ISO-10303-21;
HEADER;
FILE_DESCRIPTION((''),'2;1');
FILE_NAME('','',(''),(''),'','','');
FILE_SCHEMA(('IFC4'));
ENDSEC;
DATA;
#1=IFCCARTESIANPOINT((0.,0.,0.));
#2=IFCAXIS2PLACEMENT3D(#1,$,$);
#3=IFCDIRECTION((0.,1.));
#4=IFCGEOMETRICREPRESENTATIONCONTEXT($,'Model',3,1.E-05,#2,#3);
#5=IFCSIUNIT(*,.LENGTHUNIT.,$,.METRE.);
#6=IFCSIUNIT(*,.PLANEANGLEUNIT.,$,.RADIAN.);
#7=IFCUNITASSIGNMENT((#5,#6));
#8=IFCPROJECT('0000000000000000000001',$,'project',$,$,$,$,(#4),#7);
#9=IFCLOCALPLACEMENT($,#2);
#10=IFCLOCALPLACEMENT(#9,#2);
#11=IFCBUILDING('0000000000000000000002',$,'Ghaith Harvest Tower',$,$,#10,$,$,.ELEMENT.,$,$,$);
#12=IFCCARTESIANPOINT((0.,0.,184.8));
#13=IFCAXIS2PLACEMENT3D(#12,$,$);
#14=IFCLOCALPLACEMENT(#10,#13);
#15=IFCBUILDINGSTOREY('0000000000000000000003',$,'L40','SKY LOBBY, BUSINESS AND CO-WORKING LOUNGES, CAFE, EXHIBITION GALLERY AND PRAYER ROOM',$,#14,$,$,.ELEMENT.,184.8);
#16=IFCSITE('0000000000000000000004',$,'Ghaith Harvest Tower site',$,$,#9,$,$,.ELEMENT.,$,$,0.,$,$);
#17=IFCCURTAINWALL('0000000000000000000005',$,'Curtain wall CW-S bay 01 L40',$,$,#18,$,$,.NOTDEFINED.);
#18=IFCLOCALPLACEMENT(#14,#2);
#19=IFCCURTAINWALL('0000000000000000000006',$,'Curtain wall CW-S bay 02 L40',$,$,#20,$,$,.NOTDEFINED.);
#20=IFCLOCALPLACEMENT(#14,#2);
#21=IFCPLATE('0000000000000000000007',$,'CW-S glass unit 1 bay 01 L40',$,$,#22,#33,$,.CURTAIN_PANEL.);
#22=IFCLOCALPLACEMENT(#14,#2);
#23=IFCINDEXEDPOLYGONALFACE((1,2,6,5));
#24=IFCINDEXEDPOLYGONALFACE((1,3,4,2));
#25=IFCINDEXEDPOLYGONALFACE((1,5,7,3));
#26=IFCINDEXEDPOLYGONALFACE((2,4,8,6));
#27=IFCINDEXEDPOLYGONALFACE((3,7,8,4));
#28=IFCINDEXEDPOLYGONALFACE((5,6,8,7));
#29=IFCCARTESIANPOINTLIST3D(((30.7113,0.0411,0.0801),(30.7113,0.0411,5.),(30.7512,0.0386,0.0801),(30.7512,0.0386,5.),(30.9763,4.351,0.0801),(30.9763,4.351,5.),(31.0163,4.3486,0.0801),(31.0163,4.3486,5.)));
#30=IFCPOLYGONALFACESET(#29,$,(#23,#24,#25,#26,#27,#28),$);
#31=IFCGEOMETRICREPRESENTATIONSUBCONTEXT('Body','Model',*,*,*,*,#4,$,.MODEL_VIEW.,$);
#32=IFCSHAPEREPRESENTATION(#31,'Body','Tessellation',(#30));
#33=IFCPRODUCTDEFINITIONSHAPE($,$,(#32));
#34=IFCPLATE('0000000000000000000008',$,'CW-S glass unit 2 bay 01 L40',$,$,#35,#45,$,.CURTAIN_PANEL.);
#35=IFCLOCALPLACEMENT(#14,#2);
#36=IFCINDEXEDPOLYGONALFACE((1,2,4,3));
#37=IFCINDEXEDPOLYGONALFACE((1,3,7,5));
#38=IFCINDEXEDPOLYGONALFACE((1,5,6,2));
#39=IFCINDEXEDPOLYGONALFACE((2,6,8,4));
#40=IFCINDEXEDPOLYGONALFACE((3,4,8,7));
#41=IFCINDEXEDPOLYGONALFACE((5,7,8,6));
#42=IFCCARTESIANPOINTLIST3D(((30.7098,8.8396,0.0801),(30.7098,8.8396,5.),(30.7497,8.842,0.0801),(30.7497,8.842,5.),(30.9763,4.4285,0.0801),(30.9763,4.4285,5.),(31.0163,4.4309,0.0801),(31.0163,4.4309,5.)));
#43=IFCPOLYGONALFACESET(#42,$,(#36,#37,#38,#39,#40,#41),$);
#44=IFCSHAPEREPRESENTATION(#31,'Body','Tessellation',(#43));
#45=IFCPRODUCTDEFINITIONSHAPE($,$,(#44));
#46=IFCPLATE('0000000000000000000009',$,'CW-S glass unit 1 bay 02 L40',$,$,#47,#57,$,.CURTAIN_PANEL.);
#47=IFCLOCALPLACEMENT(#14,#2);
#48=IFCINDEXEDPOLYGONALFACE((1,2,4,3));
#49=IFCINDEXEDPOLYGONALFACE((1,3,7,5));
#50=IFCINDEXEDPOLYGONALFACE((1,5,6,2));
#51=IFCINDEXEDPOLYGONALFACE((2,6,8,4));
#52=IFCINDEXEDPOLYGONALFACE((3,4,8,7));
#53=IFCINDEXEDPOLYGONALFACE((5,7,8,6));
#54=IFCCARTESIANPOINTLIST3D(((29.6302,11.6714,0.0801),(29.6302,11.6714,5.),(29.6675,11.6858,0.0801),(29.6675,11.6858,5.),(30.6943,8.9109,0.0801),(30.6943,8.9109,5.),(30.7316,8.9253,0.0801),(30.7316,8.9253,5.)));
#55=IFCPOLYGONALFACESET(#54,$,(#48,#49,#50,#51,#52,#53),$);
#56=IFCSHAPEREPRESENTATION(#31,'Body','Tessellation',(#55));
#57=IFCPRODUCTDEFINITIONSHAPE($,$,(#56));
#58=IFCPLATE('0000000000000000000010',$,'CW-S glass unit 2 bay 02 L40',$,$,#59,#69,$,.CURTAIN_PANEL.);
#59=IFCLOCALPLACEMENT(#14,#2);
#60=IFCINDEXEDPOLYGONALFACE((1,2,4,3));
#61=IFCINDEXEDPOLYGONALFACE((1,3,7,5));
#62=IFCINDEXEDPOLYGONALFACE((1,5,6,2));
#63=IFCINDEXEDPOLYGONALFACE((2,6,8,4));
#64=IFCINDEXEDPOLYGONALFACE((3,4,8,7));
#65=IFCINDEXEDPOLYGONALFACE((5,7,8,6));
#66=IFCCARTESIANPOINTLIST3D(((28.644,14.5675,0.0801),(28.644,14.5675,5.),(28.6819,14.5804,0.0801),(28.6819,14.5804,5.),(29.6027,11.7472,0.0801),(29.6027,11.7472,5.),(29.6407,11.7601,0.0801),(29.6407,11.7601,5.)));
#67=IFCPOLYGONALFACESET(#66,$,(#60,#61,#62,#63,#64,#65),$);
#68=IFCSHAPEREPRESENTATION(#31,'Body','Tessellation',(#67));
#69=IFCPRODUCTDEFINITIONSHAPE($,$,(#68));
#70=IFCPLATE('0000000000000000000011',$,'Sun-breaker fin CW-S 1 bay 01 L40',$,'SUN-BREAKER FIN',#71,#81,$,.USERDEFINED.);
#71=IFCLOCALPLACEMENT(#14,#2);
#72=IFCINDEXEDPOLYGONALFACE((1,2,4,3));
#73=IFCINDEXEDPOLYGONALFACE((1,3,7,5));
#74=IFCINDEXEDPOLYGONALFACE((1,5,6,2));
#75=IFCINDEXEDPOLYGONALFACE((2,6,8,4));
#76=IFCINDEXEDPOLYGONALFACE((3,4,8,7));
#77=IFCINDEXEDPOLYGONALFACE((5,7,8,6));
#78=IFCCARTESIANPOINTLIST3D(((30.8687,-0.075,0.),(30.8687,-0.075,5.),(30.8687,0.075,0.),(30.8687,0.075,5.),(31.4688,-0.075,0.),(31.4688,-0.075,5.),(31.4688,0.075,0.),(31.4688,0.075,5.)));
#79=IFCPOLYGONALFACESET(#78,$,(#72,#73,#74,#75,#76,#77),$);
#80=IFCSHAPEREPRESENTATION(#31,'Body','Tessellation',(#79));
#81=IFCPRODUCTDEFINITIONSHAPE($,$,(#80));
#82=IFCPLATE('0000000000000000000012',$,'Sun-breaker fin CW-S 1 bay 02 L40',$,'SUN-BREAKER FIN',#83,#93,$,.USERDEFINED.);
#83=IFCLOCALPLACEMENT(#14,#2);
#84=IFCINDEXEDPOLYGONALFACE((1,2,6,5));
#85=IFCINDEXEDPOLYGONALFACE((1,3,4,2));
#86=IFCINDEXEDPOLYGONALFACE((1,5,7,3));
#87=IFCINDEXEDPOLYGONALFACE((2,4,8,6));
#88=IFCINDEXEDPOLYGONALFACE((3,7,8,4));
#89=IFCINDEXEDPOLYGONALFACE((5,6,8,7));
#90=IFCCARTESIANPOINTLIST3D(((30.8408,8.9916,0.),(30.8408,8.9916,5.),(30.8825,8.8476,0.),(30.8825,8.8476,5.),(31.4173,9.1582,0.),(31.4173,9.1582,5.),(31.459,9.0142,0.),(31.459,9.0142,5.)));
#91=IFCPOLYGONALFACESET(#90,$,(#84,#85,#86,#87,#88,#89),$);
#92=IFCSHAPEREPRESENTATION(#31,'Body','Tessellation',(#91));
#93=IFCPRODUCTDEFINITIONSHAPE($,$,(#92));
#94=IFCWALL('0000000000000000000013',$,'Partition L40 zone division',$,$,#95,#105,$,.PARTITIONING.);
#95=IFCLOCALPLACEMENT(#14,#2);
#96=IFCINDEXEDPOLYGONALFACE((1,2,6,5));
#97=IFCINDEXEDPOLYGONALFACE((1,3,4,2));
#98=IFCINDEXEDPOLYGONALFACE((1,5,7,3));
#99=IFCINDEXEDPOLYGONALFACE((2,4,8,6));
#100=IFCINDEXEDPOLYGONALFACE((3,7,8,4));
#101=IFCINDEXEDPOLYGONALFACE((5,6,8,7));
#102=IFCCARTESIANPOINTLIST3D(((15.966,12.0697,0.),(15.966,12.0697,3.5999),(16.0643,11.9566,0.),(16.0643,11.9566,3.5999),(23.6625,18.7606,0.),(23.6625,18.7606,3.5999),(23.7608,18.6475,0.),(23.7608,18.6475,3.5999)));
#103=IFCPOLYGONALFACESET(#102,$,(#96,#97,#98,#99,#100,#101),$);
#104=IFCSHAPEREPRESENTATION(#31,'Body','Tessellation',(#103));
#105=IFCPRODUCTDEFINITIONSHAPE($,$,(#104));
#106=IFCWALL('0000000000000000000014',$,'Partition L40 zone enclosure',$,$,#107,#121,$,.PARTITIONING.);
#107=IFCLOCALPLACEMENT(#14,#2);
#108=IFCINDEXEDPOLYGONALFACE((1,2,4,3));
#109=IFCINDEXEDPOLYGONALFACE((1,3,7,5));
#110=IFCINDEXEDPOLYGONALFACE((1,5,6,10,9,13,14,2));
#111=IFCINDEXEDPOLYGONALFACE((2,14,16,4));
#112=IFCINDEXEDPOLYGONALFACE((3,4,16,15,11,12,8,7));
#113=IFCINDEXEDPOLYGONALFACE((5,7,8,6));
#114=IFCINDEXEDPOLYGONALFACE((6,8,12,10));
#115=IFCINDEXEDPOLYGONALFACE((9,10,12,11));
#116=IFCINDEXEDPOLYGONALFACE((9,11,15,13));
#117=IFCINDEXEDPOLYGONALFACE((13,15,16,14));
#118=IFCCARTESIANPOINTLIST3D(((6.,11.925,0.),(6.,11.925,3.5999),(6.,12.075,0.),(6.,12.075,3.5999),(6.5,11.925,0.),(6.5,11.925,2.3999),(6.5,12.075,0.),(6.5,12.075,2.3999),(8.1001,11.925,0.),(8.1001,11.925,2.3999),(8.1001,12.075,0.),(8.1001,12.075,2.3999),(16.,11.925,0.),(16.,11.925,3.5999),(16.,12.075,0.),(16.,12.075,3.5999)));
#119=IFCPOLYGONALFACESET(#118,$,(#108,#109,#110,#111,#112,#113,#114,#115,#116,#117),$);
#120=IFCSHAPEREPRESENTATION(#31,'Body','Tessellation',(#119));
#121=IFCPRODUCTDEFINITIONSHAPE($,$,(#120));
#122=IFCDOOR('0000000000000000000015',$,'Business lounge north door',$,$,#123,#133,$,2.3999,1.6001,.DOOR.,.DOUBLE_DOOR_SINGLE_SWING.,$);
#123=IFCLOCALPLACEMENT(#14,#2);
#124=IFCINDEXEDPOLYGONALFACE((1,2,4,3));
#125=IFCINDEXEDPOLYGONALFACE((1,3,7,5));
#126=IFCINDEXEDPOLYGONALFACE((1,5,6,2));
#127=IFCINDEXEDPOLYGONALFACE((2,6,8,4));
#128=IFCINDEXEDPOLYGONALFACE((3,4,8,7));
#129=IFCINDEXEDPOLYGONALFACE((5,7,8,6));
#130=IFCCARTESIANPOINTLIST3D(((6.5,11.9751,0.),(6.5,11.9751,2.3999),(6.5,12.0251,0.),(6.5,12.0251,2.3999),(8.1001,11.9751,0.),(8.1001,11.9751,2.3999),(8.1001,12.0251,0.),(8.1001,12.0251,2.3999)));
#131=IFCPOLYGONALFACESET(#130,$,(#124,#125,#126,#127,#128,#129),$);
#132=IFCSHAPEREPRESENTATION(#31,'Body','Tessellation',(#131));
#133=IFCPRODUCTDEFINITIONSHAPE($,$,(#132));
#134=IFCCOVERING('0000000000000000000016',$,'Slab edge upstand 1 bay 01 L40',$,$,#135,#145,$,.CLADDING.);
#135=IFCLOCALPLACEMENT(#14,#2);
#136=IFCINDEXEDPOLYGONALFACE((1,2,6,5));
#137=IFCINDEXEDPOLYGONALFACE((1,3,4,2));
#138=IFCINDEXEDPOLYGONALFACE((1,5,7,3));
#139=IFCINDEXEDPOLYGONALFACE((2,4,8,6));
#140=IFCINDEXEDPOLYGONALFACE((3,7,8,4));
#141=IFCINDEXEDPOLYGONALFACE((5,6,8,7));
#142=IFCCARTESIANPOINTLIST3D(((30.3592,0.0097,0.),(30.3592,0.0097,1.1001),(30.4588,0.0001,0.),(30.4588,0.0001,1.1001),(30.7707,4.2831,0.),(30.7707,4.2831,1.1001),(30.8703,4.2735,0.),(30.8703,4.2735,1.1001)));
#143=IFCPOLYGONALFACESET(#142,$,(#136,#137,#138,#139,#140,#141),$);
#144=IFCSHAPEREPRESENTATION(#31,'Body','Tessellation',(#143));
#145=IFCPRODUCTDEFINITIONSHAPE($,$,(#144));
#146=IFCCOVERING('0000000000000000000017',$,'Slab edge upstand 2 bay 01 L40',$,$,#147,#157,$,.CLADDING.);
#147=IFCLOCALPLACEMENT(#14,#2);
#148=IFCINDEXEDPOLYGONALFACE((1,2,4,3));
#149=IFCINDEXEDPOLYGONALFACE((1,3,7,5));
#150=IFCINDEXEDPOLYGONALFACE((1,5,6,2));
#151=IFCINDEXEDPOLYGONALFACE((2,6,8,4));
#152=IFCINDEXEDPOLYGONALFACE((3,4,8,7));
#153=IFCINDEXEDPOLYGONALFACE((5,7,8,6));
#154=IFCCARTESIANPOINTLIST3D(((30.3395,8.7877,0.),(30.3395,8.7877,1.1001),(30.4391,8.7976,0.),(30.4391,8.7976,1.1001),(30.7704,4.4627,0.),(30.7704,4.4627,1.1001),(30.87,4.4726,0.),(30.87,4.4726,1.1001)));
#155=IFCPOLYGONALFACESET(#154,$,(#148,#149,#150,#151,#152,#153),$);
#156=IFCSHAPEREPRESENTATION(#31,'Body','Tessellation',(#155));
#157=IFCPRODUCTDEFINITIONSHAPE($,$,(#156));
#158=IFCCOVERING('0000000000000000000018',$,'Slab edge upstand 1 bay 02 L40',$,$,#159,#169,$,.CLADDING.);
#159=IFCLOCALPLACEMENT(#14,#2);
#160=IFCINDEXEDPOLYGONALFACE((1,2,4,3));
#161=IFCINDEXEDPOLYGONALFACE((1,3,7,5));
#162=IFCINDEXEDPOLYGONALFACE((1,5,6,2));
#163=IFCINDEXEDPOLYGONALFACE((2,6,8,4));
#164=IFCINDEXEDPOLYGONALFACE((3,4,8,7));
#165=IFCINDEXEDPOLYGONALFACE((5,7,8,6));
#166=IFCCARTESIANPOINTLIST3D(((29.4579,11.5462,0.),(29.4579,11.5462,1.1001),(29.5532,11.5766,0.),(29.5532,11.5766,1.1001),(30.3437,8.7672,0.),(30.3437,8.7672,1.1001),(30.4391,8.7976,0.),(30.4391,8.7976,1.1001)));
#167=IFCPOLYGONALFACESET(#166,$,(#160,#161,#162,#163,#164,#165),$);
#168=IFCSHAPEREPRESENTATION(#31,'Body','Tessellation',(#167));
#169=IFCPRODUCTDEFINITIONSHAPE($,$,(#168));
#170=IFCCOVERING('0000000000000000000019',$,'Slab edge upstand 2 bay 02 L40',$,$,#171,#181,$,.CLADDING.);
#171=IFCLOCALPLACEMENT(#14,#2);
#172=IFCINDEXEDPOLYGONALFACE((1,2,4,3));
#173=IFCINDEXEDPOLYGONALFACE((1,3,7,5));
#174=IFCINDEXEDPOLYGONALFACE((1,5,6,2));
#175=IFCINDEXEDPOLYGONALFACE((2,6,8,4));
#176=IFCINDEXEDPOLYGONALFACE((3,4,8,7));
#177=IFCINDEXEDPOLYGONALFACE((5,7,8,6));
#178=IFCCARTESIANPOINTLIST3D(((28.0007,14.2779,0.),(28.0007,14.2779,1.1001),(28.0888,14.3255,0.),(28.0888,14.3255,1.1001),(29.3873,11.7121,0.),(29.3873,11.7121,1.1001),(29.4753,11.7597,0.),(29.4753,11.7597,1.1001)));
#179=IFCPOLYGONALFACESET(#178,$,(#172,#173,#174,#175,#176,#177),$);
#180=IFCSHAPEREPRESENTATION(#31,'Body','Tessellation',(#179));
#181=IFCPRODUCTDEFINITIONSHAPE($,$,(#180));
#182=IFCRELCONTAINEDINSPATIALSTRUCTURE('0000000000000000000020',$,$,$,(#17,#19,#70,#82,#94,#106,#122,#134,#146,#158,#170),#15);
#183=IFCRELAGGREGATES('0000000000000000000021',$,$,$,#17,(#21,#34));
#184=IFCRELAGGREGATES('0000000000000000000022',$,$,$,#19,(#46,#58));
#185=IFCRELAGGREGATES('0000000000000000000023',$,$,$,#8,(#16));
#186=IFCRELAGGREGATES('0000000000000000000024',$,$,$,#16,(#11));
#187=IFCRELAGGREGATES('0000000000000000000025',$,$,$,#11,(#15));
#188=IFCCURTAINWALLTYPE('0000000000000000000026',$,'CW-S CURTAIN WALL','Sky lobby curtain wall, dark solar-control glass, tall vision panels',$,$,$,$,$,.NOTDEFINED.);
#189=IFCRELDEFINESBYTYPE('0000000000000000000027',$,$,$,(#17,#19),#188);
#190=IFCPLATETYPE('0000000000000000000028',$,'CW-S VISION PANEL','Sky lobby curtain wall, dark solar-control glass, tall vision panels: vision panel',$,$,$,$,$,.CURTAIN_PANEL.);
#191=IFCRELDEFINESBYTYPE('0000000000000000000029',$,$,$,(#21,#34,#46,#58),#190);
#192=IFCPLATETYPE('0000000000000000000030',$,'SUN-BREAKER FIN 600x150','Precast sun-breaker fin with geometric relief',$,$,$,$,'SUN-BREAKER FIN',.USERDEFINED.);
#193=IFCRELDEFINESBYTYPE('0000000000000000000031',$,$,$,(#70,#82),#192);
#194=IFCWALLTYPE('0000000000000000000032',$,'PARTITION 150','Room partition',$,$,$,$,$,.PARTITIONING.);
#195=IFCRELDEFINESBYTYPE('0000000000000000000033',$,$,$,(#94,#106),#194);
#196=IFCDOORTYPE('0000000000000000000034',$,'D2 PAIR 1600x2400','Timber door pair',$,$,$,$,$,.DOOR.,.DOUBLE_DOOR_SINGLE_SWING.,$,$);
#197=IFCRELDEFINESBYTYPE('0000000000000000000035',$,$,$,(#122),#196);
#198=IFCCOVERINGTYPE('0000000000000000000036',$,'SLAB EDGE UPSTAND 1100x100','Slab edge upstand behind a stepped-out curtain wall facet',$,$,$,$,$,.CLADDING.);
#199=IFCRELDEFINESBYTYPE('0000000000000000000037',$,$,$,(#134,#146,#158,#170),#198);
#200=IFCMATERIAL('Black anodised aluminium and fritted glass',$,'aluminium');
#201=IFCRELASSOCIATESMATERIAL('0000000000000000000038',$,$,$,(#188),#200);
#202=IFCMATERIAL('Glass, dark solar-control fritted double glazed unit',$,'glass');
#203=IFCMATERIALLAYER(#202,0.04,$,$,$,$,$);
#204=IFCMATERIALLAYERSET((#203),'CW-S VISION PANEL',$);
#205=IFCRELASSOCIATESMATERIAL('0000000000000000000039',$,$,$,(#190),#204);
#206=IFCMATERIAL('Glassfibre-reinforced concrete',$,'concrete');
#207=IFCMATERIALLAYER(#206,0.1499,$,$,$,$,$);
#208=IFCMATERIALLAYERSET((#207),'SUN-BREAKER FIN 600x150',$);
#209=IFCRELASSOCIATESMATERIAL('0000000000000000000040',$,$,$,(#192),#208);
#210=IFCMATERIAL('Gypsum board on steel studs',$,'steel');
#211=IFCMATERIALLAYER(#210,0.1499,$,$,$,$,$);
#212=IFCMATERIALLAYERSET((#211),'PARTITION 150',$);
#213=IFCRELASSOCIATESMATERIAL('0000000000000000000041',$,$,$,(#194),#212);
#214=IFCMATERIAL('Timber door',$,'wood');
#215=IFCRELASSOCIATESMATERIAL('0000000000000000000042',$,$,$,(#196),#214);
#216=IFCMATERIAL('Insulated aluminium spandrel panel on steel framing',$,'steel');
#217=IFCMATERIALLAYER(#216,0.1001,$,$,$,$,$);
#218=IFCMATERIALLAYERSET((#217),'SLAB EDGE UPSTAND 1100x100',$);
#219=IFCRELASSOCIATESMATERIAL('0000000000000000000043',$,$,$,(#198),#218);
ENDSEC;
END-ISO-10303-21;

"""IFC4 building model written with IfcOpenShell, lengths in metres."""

from ifc_helpers import new_model, si_unit, direction, frame, frame_2d, origin, origin_2d, place, context, subcontext, project, spatial, rectangle, extrude, material, layer, layer_set, type_object, element, fill, aggregate, save


model = new_model("IFC4")

# Units and contexts
model_context = context("Model", 3, precision=1e-05, world=origin(), true_north=direction((0.0, 1.0)))
body_context = subcontext(model_context, "Body", "Model", "MODEL_VIEW")
ifc_project = project(units=[si_unit("LENGTHUNIT", "METRE"), si_unit("PLANEANGLEUNIT", "RADIAN")], contexts=[model_context])

# Site, building, storey
site_placement = place(None, origin())
site = spatial("IfcSite", under=ifc_project, at=site_placement, Name="Ghaith Harvest Tower site", CompositionType="ELEMENT", RefElevation=0.0)
building_placement = place(site_placement, origin())
building = spatial("IfcBuilding", under=site, at=building_placement, Name="Ghaith Harvest Tower", CompositionType="ELEMENT")
storey_placement = place(building_placement, frame((0.0, 0.0, 184.8)))
storey = spatial("IfcBuildingStorey", under=building, at=storey_placement, Name="L40", Description="SKY LOBBY, BUSINESS AND CO-WORKING LOUNGES, CAFE, EXHIBITION GALLERY AND PRAYER ROOM", CompositionType="ELEMENT", Elevation=184.8)

# Curtain walls
ifc_material_1 = material(Name="Black anodised aluminium and fritted glass", Category="aluminium")
curtain_wall_type = type_object("IfcCurtainWallType", Name="CW-S CURTAIN WALL", Description="Sky lobby curtain wall, dark solar-control glass, tall vision panels", PredefinedType="NOTDEFINED", material=ifc_material_1)
curtain_wall_1_placement = place(storey_placement, origin())
curtain_wall_1 = element("IfcCurtainWall", 1, at=curtain_wall_1_placement, inside=storey, type_object=curtain_wall_type, Name="Curtain wall CW-S bay 01 L40", PredefinedType="NOTDEFINED")
curtain_wall_2_placement = place(storey_placement, origin())
curtain_wall_2 = element("IfcCurtainWall", 2, at=curtain_wall_2_placement, inside=storey, type_object=curtain_wall_type, Name="Curtain wall CW-S bay 02 L40", PredefinedType="NOTDEFINED")

# Plates
ifc_material_2 = material(Name="Glass, dark solar-control fritted double glazed unit", Category="glass")
ifc_layer_1 = layer(ifc_material_2, 0.04)
ifc_layer_set_1 = layer_set([ifc_layer_1], Name="CW-S VISION PANEL")
plate_type_1 = type_object("IfcPlateType", Name="CW-S VISION PANEL", Description="Sky lobby curtain wall, dark solar-control glass, tall vision panels: vision panel", PredefinedType="CURTAIN_PANEL", material=ifc_layer_set_1)
plate_1_placement = place(storey_placement, frame((30.8638, 2.1948, 0.0801), z_axis=(0.0, 0.0, 1.0), x_axis=(0.06138, 0.998114, 0.0)))
plate_1 = element("IfcPlate", 3, at=plate_1_placement, type_object=plate_type_1, Name="CW-S glass unit 1 bay 01 L40", PredefinedType="CURTAIN_PANEL", context=body_context, shape_type="SweptSolid", body=[
    extrude(rectangle(XDim=4.3181, YDim=0.04, at=origin_2d()), origin(), (0.0, 0.0, 1.0), 4.9199),
])
plate_2_placement = place(storey_placement, frame((30.863, 6.6353, 0.0801), z_axis=(0.0, 0.0, 1.0), x_axis=(-0.060321, 0.998179, 0.0)))
plate_2 = element("IfcPlate", 4, at=plate_2_placement, type_object=plate_type_1, Name="CW-S glass unit 2 bay 01 L40", PredefinedType="CURTAIN_PANEL", context=body_context, shape_type="SweptSolid", body=[
    extrude(rectangle(XDim=4.4192, YDim=0.04, at=origin_2d()), origin(), (0.0, 0.0, 1.0), 4.9199),
])
aggregate(curtain_wall_1, [plate_1, plate_2])
plate_3_placement = place(storey_placement, frame((30.1809, 10.2983, 0.0801), z_axis=(0.0, 0.0, 1.0), x_axis=(-0.359677, 0.933077, 0.0)))
plate_3 = element("IfcPlate", 5, at=plate_3_placement, type_object=plate_type_1, Name="CW-S glass unit 1 bay 02 L40", PredefinedType="CURTAIN_PANEL", context=body_context, shape_type="SweptSolid", body=[
    extrude(rectangle(XDim=2.9585, YDim=0.04, at=origin_2d()), origin(), (0.0, 0.0, 1.0), 4.9199),
])
plate_4_placement = place(storey_placement, frame((29.1423, 13.1638, 0.0801), z_axis=(0.0, 0.0, 1.0), x_axis=(-0.321853, 0.94679, 0.0)))
plate_4 = element("IfcPlate", 6, at=plate_4_placement, type_object=plate_type_1, Name="CW-S glass unit 2 bay 02 L40", PredefinedType="CURTAIN_PANEL", context=body_context, shape_type="SweptSolid", body=[
    extrude(rectangle(XDim=2.9788, YDim=0.04, at=origin_2d()), origin(), (0.0, 0.0, 1.0), 4.9199),
])
aggregate(curtain_wall_2, [plate_3, plate_4])

# Plates
ifc_material_3 = material(Name="Glassfibre-reinforced concrete", Category="concrete")
ifc_layer_2 = layer(ifc_material_3, 0.1499)
ifc_layer_set_2 = layer_set([ifc_layer_2], Name="SUN-BREAKER FIN 600x150")
plate_type_2 = type_object("IfcPlateType", Name="SUN-BREAKER FIN 600x150", Description="Precast sun-breaker fin with geometric relief", ElementType="SUN-BREAKER FIN", PredefinedType="USERDEFINED", material=ifc_layer_set_2)
for number, where, z_axis, x_axis, name in (
    (7, (31.1687, 0.0, 0.0), (0.0, 0.0, 1.0), (1.0, 0.0, 0.0), "Sun-breaker fin CW-S 1 bay 01 L40"),
    (8, (31.1499, 9.0029, 0.0), (0.0, 0.0, 1.0), (0.96068, 0.277657, 0.0), "Sun-breaker fin CW-S 1 bay 02 L40"),
):
    element("IfcPlate", number, at=place(storey_placement, frame(where, z_axis=z_axis, x_axis=x_axis)), inside=storey, type_object=plate_type_2, Name=name, ObjectType="SUN-BREAKER FIN", PredefinedType="USERDEFINED", context=body_context, shape_type="SweptSolid", body=[
        extrude(rectangle(XDim=0.6001, YDim=0.1499, at=origin_2d()), origin(), (0.0, 0.0, 1.0), 5.0),
    ])

# Wall
ifc_material_4 = material(Name="Gypsum board on steel studs", Category="steel")
ifc_layer_3 = layer(ifc_material_4, 0.1499)
ifc_layer_set_3 = layer_set([ifc_layer_3], Name="PARTITION 150")
wall_type = type_object("IfcWallType", Name="PARTITION 150", Description="Room partition", PredefinedType="PARTITIONING", material=ifc_layer_set_3)
wall_1_placement = place(storey_placement, frame((16.0151, 12.0132, 0.0), z_axis=(0.0, 0.0, 1.0), x_axis=(0.754689, 0.656083, 0.0)))
element("IfcWall", 9, at=wall_1_placement, inside=storey, type_object=wall_type, Name="Partition L40 zone division", PredefinedType="PARTITIONING", context=body_context, shape_type="SweptSolid", body=[
    extrude(rectangle(XDim=10.1982, YDim=0.1499, at=frame_2d((5.0991, 0.0))), origin(), (0.0, 0.0, 1.0), 3.5999),
])

# Wall, opening, door
wall_2_placement = place(storey_placement, frame((16.0, 12.0, 0.0), z_axis=(0.0, 0.0, 1.0), x_axis=(-1.0, 0.0, 0.0)))
wall_2 = element("IfcWall", 10, at=wall_2_placement, inside=storey, type_object=wall_type, Name="Partition L40 zone enclosure", PredefinedType="PARTITIONING", context=body_context, shape_type="SweptSolid", body=[
    extrude(rectangle(XDim=10.0, YDim=0.1499, at=frame_2d((5.0, 0.0))), origin(), (0.0, 0.0, 1.0), 3.5999),
])
opening_placement = place(wall_2_placement, frame((7.8999, 0.0, 0.0)))
opening = element("IfcOpeningElement", 11, at=opening_placement, cuts=wall_2, PredefinedType="OPENING", context=body_context, shape_type="SweptSolid", body=[
    extrude(rectangle(XDim=1.6001, YDim=2.3999, at=frame_2d((0.8, 1.2))), frame((0.0, 0.085, 0.0), z_axis=(0.0, -1.0, 0.0), x_axis=(1.0, 0.0, 0.0)), (0.0, 0.0, 1.0), 0.1699),
])
ifc_material_5 = material(Name="Timber door", Category="wood")
door_type = type_object("IfcDoorType", Name="D2 PAIR 1600x2400", Description="Timber door pair", OperationType="DOUBLE_DOOR_SINGLE_SWING", PredefinedType="DOOR", material=ifc_material_5)
door_placement = place(opening_placement, origin())
door = element("IfcDoor", 12, at=door_placement, inside=storey, type_object=door_type, Name="Business lounge north door", OperationType="DOUBLE_DOOR_SINGLE_SWING", OverallHeight=2.3999, OverallWidth=1.6001, PredefinedType="DOOR", context=body_context, shape_type="SweptSolid", body=[
    extrude(rectangle(XDim=1.6001, YDim=2.3999, at=frame_2d((0.8, 1.2))), frame((0.0, 0.0249, 0.0), z_axis=(0.0, -1.0, 0.0), x_axis=(1.0, 0.0, 0.0)), (0.0, 0.0, 1.0), 0.05),
])
fill(opening, door)

# Coverings
ifc_material_6 = material(Name="Insulated aluminium spandrel panel on steel framing", Category="steel")
ifc_layer_4 = layer(ifc_material_6, 0.1001)
ifc_layer_set_4 = layer_set([ifc_layer_4], Name="SLAB EDGE UPSTAND 1100x100")
covering_type = type_object("IfcCoveringType", Name="SLAB EDGE UPSTAND 1100x100", Description="Slab edge upstand behind a stepped-out curtain wall facet", PredefinedType="CLADDING", material=ifc_layer_set_4)
covering_1_placement = place(storey_placement, frame((30.6147, 2.1416, 0.0), z_axis=(0.0, 0.0, 1.0), x_axis=(0.095861, 0.995395, 0.0)))
element("IfcCovering", 13, at=covering_1_placement, inside=storey, type_object=covering_type, Name="Slab edge upstand 1 bay 01 L40", PredefinedType="CLADDING", context=body_context, shape_type="SweptSolid", body=[
    extrude(rectangle(XDim=4.2932, YDim=0.1001, at=origin_2d()), origin(), (0.0, 0.0, 1.0), 1.1001),
])
covering_2_placement = place(storey_placement, frame((30.6047, 6.6301, 0.0), z_axis=(0.0, 0.0, 1.0), x_axis=(-0.099132, 0.995074, 0.0)))
element("IfcCovering", 14, at=covering_2_placement, inside=storey, type_object=covering_type, Name="Slab edge upstand 2 bay 01 L40", PredefinedType="CLADDING", context=body_context, shape_type="SweptSolid", body=[
    extrude(rectangle(XDim=4.3464, YDim=0.1001, at=origin_2d()), origin(), (0.0, 0.0, 1.0), 1.1001),
])
covering_3_placement = place(storey_placement, frame((29.9485, 10.1719, 0.0), z_axis=(0.0, 0.0, 1.0), x_axis=(-0.303717, 0.952762, 0.0)))
element("IfcCovering", 15, at=covering_3_placement, inside=storey, type_object=covering_type, Name="Slab edge upstand 1 bay 02 L40", PredefinedType="CLADDING", context=body_context, shape_type="SweptSolid", body=[
    extrude(rectangle(XDim=2.9167, YDim=0.1001, at=origin_2d()), origin(), (0.0, 0.0, 1.0), 1.1001),
])
covering_4_placement = place(storey_placement, frame((28.738, 13.0188, 0.0), z_axis=(0.0, 0.0, 1.0), x_axis=(-0.475409, 0.879765, 0.0)))
element("IfcCovering", 16, at=covering_4_placement, inside=storey, type_object=covering_type, Name="Slab edge upstand 2 bay 02 L40", PredefinedType="CLADDING", context=body_context, shape_type="SweptSolid", body=[
    extrude(rectangle(XDim=2.9165, YDim=0.1001, at=origin_2d()), origin(), (0.0, 0.0, 1.0), 1.1001),
])

save(model, "model.ifc")
